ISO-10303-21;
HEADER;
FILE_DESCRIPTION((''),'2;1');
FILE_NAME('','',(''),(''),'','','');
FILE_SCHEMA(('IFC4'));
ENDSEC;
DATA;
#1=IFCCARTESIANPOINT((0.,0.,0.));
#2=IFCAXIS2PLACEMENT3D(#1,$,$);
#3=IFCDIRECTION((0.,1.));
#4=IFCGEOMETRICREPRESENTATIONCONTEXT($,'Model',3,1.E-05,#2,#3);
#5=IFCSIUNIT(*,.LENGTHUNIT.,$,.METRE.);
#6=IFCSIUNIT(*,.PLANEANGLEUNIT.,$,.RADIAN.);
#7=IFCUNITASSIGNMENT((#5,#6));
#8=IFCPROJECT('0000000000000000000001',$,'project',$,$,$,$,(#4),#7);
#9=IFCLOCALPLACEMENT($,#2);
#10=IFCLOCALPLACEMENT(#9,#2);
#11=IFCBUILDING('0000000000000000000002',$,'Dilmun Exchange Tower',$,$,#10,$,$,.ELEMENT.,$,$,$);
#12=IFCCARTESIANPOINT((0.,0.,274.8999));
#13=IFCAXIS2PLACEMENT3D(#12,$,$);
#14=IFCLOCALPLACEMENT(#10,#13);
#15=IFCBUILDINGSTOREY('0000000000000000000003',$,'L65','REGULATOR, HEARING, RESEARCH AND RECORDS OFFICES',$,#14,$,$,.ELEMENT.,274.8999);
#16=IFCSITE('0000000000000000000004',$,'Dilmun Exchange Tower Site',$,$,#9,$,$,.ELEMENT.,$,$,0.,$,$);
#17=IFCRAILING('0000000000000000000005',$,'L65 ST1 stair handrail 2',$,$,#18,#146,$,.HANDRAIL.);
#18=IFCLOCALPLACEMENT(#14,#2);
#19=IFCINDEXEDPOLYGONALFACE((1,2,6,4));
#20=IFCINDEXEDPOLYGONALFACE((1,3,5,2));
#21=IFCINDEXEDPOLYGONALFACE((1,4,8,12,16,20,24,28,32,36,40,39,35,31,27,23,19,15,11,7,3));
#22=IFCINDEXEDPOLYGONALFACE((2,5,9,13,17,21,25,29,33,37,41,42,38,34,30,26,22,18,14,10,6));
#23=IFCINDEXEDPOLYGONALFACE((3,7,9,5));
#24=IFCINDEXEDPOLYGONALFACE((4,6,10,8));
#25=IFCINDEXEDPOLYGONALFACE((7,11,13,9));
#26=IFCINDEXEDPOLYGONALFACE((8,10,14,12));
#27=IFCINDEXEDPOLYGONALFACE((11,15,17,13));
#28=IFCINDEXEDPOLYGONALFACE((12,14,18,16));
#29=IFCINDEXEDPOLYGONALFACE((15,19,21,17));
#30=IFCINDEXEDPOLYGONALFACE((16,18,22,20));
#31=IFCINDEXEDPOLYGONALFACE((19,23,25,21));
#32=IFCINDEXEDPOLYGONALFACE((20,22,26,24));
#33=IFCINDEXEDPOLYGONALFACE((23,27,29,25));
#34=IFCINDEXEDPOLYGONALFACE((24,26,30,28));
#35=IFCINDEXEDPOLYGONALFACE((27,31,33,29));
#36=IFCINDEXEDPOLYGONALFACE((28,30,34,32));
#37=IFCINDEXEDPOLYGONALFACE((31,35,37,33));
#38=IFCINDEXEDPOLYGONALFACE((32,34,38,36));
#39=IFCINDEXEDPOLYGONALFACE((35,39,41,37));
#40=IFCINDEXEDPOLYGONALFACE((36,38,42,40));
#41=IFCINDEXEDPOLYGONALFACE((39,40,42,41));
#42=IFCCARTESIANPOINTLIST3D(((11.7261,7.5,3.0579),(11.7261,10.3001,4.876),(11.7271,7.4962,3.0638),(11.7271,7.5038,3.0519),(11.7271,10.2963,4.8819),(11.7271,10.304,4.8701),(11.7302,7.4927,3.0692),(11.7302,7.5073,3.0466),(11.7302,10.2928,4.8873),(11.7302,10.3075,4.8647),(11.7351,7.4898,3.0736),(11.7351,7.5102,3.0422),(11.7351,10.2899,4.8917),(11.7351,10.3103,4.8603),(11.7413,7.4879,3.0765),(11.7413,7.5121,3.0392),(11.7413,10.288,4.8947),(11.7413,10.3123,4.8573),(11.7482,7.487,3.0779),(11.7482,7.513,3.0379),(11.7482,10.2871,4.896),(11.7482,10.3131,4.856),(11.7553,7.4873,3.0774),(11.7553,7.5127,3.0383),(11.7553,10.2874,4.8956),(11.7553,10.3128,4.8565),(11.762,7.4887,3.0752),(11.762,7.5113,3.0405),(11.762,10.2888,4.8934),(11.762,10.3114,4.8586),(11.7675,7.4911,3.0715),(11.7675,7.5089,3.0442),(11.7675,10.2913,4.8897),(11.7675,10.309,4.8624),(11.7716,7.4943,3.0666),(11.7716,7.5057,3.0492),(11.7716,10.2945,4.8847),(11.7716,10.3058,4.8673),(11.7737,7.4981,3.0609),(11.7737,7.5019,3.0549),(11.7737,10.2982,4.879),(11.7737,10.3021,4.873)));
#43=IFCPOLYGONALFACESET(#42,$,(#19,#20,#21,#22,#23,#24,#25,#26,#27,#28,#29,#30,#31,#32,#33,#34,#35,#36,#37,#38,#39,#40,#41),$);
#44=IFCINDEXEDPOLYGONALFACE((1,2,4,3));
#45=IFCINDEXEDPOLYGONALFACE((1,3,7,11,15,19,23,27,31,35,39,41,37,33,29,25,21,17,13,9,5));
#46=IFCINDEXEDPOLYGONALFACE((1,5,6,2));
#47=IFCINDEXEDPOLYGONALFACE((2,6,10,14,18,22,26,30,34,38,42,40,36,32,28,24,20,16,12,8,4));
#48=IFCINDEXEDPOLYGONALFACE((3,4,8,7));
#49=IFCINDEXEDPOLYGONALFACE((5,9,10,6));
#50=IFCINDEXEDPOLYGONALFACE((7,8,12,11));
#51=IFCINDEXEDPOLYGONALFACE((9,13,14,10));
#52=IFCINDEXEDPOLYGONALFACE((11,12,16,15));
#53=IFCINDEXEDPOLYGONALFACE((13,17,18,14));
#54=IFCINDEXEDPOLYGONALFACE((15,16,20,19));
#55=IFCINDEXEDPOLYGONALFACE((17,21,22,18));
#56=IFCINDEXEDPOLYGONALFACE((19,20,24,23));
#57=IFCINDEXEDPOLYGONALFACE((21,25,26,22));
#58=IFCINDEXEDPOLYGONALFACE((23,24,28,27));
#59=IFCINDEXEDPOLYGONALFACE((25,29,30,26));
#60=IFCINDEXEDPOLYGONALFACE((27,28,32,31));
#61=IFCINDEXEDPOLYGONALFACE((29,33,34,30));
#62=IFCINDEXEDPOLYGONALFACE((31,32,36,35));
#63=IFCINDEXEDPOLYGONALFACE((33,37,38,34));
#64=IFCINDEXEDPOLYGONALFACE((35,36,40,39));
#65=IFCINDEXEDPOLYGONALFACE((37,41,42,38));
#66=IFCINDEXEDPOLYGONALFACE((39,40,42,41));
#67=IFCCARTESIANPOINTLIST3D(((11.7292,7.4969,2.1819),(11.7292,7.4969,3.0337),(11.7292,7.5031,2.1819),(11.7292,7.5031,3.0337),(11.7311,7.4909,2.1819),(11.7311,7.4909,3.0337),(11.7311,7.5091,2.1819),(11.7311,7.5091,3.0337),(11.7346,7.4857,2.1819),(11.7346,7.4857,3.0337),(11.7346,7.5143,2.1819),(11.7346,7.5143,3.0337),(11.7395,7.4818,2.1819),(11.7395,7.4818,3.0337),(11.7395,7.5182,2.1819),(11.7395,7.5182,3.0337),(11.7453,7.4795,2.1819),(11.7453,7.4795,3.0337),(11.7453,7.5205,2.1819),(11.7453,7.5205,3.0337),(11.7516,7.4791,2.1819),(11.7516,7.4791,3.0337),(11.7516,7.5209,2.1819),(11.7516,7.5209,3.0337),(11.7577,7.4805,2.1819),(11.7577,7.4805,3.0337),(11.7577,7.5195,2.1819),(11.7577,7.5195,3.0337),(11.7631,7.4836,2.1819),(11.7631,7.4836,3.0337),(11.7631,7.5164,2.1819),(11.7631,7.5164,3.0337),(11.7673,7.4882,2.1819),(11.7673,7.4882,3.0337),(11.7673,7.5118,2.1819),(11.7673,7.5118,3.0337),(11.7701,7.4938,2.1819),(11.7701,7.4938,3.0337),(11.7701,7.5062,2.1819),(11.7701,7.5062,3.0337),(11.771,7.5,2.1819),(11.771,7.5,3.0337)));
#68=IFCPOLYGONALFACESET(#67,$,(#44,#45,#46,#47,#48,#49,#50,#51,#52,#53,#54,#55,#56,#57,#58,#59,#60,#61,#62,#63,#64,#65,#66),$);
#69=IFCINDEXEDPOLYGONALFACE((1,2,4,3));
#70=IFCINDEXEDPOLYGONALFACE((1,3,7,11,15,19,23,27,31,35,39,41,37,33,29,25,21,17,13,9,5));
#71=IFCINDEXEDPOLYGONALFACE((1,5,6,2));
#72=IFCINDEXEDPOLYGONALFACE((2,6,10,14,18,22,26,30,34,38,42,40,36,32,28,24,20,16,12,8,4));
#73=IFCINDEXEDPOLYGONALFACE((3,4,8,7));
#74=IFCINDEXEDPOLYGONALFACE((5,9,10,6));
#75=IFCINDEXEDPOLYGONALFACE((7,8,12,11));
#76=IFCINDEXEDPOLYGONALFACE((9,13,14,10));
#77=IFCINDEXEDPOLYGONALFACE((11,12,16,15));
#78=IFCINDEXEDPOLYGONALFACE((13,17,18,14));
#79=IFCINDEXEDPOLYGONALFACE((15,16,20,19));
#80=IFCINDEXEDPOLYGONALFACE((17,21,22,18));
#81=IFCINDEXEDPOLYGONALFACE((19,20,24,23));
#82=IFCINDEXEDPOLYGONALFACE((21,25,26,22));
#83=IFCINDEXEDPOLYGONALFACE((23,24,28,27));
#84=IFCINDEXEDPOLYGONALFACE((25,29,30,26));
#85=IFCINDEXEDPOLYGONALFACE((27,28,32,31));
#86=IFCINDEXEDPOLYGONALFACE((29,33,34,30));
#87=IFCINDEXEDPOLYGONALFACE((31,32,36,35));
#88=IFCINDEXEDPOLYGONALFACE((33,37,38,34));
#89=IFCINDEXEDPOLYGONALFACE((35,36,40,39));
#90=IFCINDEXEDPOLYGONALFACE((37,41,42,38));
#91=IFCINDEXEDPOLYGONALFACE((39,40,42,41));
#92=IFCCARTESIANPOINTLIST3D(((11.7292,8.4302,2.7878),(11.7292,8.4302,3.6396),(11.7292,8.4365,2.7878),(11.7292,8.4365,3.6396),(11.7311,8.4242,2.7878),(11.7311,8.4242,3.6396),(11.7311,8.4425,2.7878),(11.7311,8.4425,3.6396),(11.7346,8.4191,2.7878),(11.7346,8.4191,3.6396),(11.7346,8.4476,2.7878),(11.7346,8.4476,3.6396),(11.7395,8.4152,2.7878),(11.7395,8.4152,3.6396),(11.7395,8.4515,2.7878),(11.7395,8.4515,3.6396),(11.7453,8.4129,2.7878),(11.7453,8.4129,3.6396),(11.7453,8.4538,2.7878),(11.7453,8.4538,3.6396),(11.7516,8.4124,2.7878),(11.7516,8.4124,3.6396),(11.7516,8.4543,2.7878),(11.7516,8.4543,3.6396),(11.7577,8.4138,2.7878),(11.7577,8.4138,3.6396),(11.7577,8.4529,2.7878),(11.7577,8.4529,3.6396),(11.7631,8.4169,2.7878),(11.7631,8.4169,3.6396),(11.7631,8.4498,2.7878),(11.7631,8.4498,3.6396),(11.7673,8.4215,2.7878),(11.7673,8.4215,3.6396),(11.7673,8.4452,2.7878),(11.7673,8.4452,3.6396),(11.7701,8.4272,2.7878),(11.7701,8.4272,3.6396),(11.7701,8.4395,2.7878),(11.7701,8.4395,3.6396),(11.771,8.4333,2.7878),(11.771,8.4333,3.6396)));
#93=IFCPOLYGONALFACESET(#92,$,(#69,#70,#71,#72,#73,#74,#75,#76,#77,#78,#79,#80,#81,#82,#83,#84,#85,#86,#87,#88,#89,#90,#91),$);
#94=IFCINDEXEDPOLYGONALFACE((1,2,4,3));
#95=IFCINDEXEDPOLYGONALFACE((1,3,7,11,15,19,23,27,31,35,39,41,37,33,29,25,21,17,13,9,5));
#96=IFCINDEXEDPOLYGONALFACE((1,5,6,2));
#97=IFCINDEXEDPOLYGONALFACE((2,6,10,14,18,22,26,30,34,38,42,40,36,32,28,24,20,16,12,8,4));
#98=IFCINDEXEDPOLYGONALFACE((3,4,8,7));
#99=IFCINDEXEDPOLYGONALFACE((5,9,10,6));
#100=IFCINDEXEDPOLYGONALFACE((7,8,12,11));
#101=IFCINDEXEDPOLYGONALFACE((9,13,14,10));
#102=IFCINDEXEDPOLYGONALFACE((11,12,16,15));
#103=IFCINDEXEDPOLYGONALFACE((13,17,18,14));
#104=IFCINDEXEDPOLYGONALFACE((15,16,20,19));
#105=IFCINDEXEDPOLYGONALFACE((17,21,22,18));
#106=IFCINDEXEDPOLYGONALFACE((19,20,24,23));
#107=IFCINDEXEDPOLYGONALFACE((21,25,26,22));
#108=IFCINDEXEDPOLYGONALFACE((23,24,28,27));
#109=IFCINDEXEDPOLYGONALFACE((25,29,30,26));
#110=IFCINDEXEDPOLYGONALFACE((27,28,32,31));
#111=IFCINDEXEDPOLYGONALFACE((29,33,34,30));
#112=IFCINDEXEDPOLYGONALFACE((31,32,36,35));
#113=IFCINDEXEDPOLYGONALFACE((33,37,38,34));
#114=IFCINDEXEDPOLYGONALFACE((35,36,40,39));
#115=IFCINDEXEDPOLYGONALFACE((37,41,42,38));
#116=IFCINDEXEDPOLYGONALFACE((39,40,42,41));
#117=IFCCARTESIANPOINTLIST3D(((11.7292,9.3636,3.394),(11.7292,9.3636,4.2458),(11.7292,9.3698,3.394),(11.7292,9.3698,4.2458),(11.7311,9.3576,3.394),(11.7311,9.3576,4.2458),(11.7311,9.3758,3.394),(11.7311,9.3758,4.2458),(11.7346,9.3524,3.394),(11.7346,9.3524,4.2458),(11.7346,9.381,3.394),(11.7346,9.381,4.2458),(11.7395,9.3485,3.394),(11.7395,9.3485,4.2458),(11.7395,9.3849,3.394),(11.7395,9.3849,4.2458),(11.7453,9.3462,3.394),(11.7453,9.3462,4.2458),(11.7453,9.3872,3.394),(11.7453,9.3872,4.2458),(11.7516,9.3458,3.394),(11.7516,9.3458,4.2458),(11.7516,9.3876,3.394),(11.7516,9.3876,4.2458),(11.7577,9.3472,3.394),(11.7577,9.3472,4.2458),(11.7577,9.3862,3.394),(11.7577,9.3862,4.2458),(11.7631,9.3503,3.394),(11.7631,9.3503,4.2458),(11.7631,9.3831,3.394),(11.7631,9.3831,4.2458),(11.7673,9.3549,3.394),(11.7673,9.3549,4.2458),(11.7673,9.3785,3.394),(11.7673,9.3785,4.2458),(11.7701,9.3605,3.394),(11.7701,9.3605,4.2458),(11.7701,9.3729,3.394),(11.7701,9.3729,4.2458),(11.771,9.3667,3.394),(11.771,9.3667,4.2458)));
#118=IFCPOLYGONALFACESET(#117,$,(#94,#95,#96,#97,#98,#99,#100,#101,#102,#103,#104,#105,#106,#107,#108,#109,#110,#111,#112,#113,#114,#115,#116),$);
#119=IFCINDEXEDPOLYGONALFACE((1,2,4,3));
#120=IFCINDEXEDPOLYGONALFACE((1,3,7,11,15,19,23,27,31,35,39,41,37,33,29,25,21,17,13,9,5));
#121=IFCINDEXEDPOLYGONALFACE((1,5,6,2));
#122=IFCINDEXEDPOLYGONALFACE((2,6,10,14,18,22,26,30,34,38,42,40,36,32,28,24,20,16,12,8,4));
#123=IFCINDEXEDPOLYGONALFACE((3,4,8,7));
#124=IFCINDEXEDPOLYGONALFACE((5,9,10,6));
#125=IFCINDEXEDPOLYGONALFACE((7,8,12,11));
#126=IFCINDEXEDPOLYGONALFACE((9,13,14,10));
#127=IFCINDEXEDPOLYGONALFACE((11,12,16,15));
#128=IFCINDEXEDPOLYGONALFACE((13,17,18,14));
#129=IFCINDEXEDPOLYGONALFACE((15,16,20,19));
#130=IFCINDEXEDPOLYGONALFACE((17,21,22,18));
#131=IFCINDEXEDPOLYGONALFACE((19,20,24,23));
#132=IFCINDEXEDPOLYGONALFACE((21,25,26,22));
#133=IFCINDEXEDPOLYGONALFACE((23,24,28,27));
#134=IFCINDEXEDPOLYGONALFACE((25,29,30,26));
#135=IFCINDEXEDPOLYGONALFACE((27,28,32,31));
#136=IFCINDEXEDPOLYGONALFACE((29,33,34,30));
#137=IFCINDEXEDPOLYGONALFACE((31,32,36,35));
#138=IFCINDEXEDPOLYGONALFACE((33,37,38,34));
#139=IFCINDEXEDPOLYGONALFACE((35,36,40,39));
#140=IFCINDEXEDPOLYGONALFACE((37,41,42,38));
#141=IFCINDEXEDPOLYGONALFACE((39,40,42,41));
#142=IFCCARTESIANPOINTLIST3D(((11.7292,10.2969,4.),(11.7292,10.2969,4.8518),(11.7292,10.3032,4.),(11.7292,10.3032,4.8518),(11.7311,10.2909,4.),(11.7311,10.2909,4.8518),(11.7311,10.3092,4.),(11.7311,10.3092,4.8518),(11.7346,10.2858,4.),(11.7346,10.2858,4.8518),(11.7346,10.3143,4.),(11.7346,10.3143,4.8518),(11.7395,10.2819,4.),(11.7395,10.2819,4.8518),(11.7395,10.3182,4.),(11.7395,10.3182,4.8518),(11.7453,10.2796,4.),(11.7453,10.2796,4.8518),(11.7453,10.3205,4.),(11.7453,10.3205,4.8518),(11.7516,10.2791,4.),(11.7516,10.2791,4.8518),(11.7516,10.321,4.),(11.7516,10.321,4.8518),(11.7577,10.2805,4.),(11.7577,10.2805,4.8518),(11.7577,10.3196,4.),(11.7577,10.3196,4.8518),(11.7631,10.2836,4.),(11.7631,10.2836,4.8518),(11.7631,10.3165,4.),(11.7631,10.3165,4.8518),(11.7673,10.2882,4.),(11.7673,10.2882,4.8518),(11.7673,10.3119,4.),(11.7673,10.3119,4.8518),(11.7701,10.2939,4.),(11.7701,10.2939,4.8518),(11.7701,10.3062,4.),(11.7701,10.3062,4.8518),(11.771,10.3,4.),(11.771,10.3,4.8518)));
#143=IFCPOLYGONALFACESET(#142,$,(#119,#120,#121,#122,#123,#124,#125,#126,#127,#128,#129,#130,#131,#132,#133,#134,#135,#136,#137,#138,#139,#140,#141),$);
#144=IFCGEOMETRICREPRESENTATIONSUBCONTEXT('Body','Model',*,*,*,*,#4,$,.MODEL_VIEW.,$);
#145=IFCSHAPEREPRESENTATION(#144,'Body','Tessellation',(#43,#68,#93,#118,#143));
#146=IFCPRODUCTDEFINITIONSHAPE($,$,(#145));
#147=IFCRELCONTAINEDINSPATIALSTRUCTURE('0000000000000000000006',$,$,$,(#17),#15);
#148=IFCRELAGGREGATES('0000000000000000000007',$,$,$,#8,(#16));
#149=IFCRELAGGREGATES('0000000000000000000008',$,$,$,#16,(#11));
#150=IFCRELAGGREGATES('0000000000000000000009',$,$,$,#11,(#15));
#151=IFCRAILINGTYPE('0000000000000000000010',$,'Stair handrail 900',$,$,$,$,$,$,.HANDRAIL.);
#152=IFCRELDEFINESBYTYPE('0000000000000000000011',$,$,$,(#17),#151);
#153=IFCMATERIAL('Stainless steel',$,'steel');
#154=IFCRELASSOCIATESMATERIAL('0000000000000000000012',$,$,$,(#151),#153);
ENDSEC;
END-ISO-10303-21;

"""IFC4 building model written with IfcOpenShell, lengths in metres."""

from ifc_helpers import new_model, si_unit, direction, frame, origin, origin_2d, place, context, subcontext, project, spatial, circle, extrude, material, type_object, element, save


model = new_model("IFC4")

# Units and contexts
model_context = context("Model", 3, precision=1e-05, world=origin(), true_north=direction((0.0, 1.0)))
body_context = subcontext(model_context, "Body", "Model", "MODEL_VIEW")
ifc_project = project(units=[si_unit("LENGTHUNIT", "METRE"), si_unit("PLANEANGLEUNIT", "RADIAN")], contexts=[model_context])

# Site, building, storey
site_placement = place(None, origin())
site = spatial("IfcSite", under=ifc_project, at=site_placement, Name="Dilmun Exchange Tower Site", CompositionType="ELEMENT", RefElevation=0.0)
building_placement = place(site_placement, origin())
building = spatial("IfcBuilding", under=site, at=building_placement, Name="Dilmun Exchange Tower", CompositionType="ELEMENT")
storey_placement = place(building_placement, frame((0.0, 0.0, 274.8999)))
storey = spatial("IfcBuildingStorey", under=building, at=storey_placement, Name="L65", Description="REGULATOR, HEARING, RESEARCH AND RECORDS OFFICES", CompositionType="ELEMENT", Elevation=274.8999)

# Railing
ifc_material_1 = material(Name="Stainless steel", Category="steel")
railing_type = type_object("IfcRailingType", Name="Stair handrail 900", PredefinedType="HANDRAIL", material=ifc_material_1)
railing_placement = place(storey_placement, frame((11.75, 7.5, 2.1819)))
element("IfcRailing", 1, at=railing_placement, inside=storey, type_object=railing_type, Name="L65 ST1 stair handrail 2", PredefinedType="HANDRAIL", context=body_context, shape_type="SweptSolid", body=[
    extrude(circle(Radius=0.0239, at=origin_2d()), frame((0.0, 0.0, 0.876), z_axis=(0.0, 0.838706, 0.544585), x_axis=(-1.0, 0.0, 0.0)), (0.0, 0.0, 1.0), 3.3386),
    extrude(circle(Radius=0.021, at=origin_2d()), origin(), (0.0, 0.0, 1.0), 0.8518),
    extrude(circle(Radius=0.021, at=origin_2d()), frame((0.0, 0.9333, 0.606)), (0.0, 0.0, 1.0), 0.8518),
    extrude(circle(Radius=0.021, at=origin_2d()), frame((0.0, 1.8667, 1.2122)), (0.0, 0.0, 1.0), 0.8518),
    extrude(circle(Radius=0.021, at=origin_2d()), frame((0.0, 2.8, 1.8181)), (0.0, 0.0, 1.0), 0.8518),
])

save(model, "model.ifc")
